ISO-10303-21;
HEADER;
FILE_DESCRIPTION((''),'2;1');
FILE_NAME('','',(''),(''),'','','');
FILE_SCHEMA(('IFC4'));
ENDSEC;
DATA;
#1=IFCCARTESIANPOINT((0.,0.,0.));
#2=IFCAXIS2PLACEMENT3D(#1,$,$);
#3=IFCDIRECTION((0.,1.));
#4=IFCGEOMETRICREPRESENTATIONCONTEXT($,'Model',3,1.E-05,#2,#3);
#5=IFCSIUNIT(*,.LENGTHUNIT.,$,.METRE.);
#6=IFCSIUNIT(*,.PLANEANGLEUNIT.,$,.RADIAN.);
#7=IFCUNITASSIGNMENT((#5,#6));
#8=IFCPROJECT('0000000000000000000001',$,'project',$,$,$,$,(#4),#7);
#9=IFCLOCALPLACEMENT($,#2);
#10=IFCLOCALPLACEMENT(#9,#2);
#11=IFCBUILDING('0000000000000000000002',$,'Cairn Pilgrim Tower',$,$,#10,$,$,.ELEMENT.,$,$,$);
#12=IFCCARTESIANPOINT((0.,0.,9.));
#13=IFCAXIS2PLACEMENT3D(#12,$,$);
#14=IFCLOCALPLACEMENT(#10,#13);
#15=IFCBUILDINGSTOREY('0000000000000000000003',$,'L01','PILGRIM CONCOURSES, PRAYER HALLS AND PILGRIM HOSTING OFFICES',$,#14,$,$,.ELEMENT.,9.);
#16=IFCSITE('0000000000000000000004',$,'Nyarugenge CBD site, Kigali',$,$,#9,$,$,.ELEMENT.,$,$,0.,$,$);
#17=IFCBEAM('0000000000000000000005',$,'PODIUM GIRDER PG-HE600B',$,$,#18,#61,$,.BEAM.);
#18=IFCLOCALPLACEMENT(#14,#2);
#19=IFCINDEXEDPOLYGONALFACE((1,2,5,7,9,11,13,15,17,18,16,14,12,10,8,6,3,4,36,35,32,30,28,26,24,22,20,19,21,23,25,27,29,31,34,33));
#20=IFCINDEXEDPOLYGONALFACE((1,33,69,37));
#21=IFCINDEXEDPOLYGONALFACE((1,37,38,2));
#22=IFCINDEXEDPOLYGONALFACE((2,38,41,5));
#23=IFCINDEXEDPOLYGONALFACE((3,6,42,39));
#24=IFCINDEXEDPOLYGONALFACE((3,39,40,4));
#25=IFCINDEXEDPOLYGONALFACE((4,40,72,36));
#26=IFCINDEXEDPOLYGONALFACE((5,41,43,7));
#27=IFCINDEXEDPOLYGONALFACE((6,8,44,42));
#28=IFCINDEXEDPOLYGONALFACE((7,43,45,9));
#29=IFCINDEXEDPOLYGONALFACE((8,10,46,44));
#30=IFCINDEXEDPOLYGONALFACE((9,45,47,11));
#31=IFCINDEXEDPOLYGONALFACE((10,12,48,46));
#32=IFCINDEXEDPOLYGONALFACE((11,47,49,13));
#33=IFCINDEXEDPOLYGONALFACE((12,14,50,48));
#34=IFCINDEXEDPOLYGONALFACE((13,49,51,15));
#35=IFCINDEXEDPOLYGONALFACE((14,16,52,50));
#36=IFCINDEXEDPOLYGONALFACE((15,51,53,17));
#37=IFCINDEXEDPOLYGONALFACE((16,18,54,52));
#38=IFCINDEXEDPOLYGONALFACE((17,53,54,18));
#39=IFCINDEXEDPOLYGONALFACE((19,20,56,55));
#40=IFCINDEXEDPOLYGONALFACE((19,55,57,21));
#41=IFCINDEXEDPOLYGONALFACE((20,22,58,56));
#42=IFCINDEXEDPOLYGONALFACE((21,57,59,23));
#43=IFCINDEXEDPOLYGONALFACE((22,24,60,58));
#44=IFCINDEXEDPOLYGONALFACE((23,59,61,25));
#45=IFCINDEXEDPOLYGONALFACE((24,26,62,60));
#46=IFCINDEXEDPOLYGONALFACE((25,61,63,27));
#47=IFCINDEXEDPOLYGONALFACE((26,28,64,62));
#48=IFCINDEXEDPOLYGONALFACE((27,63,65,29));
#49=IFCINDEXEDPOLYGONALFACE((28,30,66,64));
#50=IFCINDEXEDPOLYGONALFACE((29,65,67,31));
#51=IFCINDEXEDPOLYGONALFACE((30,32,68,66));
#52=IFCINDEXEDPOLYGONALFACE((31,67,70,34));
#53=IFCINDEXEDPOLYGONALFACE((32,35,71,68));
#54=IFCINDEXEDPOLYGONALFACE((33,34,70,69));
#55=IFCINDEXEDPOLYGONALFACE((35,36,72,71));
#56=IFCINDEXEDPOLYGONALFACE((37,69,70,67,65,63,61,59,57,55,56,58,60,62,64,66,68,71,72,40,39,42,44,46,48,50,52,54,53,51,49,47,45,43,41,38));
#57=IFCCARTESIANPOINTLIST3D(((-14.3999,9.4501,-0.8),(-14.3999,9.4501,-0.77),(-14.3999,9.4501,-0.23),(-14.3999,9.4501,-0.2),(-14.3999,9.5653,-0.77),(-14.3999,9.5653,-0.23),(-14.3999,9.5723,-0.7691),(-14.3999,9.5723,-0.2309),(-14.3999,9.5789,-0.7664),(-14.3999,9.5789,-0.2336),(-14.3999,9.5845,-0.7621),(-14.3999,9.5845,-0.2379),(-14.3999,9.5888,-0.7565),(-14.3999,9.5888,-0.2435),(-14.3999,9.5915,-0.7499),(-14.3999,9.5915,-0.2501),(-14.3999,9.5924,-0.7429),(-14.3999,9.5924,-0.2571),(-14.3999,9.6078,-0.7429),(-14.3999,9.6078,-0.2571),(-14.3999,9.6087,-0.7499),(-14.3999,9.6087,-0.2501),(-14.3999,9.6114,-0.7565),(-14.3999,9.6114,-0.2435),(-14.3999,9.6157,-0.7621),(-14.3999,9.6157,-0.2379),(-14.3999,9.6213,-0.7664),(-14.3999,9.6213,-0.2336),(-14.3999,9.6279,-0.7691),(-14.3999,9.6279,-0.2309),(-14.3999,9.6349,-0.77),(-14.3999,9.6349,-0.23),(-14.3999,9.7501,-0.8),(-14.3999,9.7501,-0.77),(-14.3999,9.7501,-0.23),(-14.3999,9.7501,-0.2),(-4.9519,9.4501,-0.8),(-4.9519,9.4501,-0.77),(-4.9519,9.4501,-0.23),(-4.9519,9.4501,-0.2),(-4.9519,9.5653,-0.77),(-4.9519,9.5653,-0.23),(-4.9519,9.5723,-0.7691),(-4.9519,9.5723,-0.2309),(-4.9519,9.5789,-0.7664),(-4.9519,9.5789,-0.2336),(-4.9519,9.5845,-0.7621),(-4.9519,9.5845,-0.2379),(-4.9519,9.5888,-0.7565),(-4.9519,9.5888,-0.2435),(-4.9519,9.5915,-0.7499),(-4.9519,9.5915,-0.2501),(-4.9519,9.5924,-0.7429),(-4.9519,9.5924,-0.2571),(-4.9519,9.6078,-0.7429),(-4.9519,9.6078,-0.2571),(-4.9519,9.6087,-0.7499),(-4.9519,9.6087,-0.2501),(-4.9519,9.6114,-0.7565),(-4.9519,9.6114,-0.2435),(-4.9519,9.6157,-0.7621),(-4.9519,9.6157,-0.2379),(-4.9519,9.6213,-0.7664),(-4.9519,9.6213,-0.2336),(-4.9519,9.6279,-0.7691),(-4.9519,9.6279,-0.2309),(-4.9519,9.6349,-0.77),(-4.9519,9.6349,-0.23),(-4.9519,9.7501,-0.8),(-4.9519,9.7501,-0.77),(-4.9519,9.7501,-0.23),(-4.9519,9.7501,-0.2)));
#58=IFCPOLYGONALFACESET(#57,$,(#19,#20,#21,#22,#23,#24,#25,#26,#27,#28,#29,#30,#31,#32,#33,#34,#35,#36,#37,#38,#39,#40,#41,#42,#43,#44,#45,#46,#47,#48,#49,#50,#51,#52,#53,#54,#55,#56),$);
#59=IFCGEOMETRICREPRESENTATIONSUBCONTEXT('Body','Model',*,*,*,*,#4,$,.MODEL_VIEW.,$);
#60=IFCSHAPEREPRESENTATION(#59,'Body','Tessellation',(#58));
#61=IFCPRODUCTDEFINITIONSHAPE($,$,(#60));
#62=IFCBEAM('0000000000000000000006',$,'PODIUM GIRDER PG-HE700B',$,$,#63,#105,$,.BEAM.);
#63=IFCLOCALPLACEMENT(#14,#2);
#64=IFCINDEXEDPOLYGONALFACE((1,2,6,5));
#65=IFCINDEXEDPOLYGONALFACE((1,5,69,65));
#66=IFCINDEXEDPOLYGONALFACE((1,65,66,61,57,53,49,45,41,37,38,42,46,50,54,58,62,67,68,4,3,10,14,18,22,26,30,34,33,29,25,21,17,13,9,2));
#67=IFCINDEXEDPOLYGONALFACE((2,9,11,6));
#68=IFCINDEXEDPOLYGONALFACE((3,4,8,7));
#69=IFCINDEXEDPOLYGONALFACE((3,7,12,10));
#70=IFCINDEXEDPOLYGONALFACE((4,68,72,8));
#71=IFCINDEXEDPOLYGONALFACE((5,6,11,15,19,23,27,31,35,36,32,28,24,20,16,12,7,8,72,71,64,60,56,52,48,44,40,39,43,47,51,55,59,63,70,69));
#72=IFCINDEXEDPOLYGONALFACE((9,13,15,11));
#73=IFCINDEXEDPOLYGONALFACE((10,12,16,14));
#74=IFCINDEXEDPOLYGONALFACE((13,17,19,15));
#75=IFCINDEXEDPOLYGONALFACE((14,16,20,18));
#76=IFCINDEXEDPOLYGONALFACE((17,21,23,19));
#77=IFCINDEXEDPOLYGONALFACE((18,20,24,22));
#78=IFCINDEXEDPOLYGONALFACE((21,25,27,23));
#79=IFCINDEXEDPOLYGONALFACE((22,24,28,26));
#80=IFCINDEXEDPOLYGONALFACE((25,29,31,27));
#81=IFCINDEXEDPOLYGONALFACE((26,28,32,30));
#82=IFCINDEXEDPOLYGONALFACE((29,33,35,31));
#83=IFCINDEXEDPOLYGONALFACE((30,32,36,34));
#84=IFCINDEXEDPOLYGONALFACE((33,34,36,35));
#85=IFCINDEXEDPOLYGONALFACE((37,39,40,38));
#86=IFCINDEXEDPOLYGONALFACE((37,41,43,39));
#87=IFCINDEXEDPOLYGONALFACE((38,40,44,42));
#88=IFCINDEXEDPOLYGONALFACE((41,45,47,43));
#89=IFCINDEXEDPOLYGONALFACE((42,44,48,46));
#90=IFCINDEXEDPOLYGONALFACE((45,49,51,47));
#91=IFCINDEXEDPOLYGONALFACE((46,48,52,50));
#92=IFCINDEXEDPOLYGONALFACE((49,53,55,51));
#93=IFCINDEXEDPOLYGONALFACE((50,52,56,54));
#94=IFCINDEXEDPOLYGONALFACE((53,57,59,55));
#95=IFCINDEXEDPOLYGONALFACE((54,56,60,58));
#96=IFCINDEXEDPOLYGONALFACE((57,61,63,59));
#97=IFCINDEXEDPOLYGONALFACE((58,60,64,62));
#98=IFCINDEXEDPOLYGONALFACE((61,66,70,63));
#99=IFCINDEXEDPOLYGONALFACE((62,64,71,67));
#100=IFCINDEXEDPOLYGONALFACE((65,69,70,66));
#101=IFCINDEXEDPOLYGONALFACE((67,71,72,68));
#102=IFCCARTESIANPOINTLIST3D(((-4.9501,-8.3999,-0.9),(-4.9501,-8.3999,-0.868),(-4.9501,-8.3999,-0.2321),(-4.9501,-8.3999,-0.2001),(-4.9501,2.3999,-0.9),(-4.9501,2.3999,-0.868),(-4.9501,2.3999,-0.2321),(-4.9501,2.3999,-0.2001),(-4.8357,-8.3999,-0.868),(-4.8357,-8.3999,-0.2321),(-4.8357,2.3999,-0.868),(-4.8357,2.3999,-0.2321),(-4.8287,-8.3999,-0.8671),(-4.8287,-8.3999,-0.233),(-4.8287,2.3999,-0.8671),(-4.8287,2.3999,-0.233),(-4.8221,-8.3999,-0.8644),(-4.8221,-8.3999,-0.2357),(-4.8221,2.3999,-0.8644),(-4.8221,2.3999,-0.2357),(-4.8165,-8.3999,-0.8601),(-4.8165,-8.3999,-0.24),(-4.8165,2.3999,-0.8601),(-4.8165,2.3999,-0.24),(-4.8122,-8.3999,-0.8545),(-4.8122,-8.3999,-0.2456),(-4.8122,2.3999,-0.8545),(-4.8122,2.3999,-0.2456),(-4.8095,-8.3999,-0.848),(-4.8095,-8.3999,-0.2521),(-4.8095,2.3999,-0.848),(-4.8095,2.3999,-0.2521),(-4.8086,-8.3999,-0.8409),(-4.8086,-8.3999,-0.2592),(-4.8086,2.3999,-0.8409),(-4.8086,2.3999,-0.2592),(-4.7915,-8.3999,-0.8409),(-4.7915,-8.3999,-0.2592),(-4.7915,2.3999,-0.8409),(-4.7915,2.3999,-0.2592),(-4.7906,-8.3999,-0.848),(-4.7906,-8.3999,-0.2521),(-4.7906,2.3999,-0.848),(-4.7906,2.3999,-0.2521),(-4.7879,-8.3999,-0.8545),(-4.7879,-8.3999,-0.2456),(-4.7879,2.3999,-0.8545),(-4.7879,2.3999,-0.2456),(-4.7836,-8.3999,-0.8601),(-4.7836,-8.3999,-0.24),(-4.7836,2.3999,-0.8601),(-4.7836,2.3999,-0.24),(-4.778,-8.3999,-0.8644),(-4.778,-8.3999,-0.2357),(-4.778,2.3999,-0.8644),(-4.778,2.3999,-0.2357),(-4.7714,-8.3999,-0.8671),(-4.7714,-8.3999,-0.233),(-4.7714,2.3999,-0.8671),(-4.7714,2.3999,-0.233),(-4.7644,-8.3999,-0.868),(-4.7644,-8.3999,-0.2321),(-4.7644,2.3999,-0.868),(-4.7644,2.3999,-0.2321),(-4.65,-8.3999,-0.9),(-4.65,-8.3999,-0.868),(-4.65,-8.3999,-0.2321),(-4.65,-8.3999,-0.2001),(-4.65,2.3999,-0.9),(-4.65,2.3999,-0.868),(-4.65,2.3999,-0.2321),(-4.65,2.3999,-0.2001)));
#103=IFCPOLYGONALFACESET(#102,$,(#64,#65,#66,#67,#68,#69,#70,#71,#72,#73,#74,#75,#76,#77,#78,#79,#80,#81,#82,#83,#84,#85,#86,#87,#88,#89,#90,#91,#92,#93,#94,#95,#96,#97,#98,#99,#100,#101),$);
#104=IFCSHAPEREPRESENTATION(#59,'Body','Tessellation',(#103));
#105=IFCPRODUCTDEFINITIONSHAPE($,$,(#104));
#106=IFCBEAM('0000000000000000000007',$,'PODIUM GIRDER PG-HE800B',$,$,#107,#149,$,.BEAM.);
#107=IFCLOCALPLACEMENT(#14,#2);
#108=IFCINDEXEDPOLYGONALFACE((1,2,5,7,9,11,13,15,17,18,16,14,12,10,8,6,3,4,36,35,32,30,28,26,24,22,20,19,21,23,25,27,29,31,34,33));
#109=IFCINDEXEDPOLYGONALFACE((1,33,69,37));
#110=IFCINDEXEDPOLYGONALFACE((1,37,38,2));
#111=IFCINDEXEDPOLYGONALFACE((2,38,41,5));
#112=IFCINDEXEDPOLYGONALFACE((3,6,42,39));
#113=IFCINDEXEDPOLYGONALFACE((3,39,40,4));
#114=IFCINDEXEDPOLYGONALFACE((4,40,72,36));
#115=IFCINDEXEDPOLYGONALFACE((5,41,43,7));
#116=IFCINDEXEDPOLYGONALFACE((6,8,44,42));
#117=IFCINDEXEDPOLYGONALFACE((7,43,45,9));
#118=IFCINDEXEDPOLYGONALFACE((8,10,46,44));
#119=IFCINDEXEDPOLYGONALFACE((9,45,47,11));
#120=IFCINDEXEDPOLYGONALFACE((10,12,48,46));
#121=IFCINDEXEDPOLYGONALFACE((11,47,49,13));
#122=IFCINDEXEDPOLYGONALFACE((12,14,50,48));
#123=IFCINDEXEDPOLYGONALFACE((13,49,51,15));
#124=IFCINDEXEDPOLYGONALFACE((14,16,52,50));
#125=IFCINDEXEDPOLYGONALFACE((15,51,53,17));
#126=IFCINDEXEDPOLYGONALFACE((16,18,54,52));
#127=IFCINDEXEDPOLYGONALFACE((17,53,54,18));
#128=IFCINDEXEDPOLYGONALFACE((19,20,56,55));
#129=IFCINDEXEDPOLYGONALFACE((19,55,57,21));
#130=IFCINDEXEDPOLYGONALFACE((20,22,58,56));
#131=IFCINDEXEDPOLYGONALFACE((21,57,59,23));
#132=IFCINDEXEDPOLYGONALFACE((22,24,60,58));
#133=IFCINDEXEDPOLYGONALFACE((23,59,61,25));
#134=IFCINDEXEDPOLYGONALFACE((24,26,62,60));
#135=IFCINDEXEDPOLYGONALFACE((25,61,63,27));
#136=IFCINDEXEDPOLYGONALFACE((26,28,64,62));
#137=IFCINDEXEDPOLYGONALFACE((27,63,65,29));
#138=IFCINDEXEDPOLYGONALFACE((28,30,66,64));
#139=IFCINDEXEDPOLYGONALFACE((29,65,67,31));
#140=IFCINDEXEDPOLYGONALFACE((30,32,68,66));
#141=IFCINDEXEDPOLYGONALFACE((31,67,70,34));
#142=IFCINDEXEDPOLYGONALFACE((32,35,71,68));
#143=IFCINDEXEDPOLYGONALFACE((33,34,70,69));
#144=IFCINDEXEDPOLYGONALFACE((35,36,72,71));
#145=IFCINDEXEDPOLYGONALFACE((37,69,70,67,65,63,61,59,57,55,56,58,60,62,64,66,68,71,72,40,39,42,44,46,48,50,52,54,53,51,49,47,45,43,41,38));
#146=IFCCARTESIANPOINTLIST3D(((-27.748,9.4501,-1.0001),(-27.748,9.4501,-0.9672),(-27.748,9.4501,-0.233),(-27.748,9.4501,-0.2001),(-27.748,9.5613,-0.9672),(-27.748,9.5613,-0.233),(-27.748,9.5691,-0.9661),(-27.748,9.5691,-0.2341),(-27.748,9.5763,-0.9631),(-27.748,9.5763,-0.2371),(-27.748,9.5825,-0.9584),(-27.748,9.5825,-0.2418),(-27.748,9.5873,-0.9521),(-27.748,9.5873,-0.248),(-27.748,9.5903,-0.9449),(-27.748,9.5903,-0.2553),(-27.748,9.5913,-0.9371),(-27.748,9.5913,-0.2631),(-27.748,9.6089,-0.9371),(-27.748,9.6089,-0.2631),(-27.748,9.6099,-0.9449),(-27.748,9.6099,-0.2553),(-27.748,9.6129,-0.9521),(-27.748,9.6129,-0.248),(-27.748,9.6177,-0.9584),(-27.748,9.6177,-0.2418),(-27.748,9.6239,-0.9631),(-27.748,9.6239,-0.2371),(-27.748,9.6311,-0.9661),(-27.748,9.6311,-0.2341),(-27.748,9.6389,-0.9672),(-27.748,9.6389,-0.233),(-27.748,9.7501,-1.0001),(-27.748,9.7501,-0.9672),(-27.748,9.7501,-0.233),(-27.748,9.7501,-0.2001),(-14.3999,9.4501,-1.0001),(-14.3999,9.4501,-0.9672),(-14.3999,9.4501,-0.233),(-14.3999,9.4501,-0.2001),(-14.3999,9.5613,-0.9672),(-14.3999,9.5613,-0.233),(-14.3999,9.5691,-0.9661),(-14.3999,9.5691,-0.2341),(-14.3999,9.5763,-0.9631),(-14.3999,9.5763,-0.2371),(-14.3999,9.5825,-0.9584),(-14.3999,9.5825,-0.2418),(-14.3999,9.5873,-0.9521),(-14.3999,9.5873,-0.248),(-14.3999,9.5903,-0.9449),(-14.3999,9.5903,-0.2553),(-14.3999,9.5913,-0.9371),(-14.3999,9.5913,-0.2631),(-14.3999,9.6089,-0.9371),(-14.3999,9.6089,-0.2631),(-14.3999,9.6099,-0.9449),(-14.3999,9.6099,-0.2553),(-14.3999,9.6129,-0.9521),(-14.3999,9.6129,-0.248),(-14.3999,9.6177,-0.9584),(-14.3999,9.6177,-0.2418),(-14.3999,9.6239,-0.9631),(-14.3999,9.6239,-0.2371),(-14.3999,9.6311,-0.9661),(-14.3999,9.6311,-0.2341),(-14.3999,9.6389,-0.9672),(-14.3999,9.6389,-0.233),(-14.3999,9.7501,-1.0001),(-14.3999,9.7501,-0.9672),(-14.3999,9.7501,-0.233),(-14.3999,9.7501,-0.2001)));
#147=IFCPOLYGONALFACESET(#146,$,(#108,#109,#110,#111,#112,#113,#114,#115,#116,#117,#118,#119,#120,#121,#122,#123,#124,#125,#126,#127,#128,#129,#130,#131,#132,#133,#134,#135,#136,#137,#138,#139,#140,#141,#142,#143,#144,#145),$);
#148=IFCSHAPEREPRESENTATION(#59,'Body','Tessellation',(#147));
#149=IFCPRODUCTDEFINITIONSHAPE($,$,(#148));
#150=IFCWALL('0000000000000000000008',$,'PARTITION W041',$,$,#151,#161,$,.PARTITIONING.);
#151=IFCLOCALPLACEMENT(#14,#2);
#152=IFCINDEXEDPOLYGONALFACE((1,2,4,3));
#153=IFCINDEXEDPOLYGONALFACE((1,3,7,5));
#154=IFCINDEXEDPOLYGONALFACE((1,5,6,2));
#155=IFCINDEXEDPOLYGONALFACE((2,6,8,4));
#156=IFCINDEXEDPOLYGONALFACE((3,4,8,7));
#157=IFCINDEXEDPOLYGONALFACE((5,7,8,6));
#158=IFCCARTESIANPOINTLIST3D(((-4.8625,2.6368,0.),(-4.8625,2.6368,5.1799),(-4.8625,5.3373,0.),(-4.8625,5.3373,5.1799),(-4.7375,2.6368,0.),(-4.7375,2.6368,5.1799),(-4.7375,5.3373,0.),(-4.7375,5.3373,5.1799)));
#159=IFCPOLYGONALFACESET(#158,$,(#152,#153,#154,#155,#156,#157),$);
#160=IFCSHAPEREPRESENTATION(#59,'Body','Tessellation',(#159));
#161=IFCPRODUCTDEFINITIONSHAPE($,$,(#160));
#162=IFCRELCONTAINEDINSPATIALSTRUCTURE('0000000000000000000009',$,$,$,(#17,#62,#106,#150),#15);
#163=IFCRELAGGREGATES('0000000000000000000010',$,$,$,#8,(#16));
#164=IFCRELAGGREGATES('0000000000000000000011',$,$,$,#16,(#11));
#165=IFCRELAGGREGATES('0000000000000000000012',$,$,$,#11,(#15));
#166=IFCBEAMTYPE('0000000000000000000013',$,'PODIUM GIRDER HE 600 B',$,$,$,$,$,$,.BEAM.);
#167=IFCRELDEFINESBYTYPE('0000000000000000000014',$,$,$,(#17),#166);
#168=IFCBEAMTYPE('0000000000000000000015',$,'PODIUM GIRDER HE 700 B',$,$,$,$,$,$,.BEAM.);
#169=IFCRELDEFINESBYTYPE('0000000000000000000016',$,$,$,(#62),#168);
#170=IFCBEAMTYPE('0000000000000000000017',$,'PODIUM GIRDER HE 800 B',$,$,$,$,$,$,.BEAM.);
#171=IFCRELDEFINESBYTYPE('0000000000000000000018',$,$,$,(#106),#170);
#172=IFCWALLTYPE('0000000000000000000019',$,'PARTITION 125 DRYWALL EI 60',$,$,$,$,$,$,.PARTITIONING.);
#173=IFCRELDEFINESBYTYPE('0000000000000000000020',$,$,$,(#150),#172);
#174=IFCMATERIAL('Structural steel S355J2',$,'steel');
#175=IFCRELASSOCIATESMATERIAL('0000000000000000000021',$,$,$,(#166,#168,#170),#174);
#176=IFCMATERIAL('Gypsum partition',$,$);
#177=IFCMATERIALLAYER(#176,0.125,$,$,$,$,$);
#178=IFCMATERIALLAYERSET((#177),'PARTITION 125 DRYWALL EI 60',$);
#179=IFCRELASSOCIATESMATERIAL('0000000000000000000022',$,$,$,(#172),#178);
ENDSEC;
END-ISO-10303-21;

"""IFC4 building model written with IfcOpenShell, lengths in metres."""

from ifc_helpers import new_model, si_unit, direction, frame, frame_2d, origin, origin_2d, place, context, subcontext, project, spatial, rectangle, i_section, extrude, material, layer, layer_set, material_profile, profile_set, type_object, element, save


model = new_model("IFC4")

# Units and contexts
model_context = context("Model", 3, precision=1e-05, world=origin(), true_north=direction((0.0, 1.0)))
body_context = subcontext(model_context, "Body", "Model", "MODEL_VIEW")
ifc_project = project(units=[si_unit("LENGTHUNIT", "METRE"), si_unit("PLANEANGLEUNIT", "RADIAN")], contexts=[model_context])

# Site, building, storey
site_placement = place(None, origin())
site = spatial("IfcSite", under=ifc_project, at=site_placement, Name="Nyarugenge CBD site, Kigali", CompositionType="ELEMENT", RefElevation=0.0)
building_placement = place(site_placement, origin())
building = spatial("IfcBuilding", under=site, at=building_placement, Name="Cairn Pilgrim Tower", CompositionType="ELEMENT")
storey_placement = place(building_placement, frame((0.0, 0.0, 9.0)))
storey = spatial("IfcBuildingStorey", under=building, at=storey_placement, Name="L01", Description="PILGRIM CONCOURSES, PRAYER HALLS AND PILGRIM HOSTING OFFICES", CompositionType="ELEMENT", Elevation=9.0)

# Beams
ifc_material_1 = material(Name="Structural steel S355J2", Category="steel")
ifc_material_profile_1 = material_profile(ifc_material_1, i_section(OverallWidth=0.3, OverallDepth=0.6001, WebThickness=0.0154, FlangeThickness=0.03, FilletRadius=0.0271, at=origin_2d()), Name="HEB 600")
ifc_profile_set_1 = profile_set([ifc_material_profile_1], Name="Structural steel S355J2")
beam_type_1 = type_object("IfcBeamType", Name="PODIUM GIRDER HE 600 B", PredefinedType="BEAM", material=ifc_profile_set_1)
beam_1_placement = place(storey_placement, frame((-14.3999, 9.6001, -0.5), z_axis=(1.0, 0.0, 0.0), x_axis=(0.0, 1.0, 0.0)))
element("IfcBeam", 1, at=beam_1_placement, inside=storey, type_object=beam_type_1, Name="PODIUM GIRDER PG-HE600B", PredefinedType="BEAM", context=body_context, shape_type="SweptSolid", body=[
    extrude(i_section(OverallWidth=0.3, OverallDepth=0.6001, WebThickness=0.0154, FlangeThickness=0.03, FilletRadius=0.0271, at=origin_2d()), origin(), (0.0, 0.0, 1.0), 9.448),
])
ifc_material_profile_2 = material_profile(ifc_material_1, i_section(OverallWidth=0.3, OverallDepth=0.7, WebThickness=0.0171, FlangeThickness=0.032, FilletRadius=0.0271, at=origin_2d()), Name="HEB 700")
ifc_profile_set_2 = profile_set([ifc_material_profile_2], Name="Structural steel S355J2")
beam_type_2 = type_object("IfcBeamType", Name="PODIUM GIRDER HE 700 B", PredefinedType="BEAM", material=ifc_profile_set_2)
beam_2_placement = place(storey_placement, frame((-4.8, 2.3999, -0.55), z_axis=(0.0, -1.0, 0.0), x_axis=(1.0, 0.0, 0.0)))
element("IfcBeam", 2, at=beam_2_placement, inside=storey, type_object=beam_type_2, Name="PODIUM GIRDER PG-HE700B", PredefinedType="BEAM", context=body_context, shape_type="SweptSolid", body=[
    extrude(i_section(OverallWidth=0.3, OverallDepth=0.7, WebThickness=0.0171, FlangeThickness=0.032, FilletRadius=0.0271, at=origin_2d()), origin(), (0.0, 0.0, 1.0), 10.7998),
])
ifc_material_profile_3 = material_profile(ifc_material_1, i_section(OverallWidth=0.3, OverallDepth=0.8, WebThickness=0.0176, FlangeThickness=0.033, FilletRadius=0.03, at=origin_2d()), Name="HEB 800")
ifc_profile_set_3 = profile_set([ifc_material_profile_3], Name="Structural steel S355J2")
beam_type_3 = type_object("IfcBeamType", Name="PODIUM GIRDER HE 800 B", PredefinedType="BEAM", material=ifc_profile_set_3)
beam_3_placement = place(storey_placement, frame((-27.748, 9.6001, -0.6001), z_axis=(1.0, 0.0, 0.0), x_axis=(0.0, 1.0, 0.0)))
element("IfcBeam", 3, at=beam_3_placement, inside=storey, type_object=beam_type_3, Name="PODIUM GIRDER PG-HE800B", PredefinedType="BEAM", context=body_context, shape_type="SweptSolid", body=[
    extrude(i_section(OverallWidth=0.3, OverallDepth=0.8, WebThickness=0.0176, FlangeThickness=0.033, FilletRadius=0.03, at=origin_2d()), origin(), (0.0, 0.0, 1.0), 13.3481),
])

# Wall
ifc_material_2 = material(Name="Gypsum partition")
ifc_layer_1 = layer(ifc_material_2, 0.125)
ifc_layer_set_1 = layer_set([ifc_layer_1], Name="PARTITION 125 DRYWALL EI 60")
wall_type_1 = type_object("IfcWallType", Name="PARTITION 125 DRYWALL EI 60", PredefinedType="PARTITIONING", material=ifc_layer_set_1)
wall_1_placement = place(storey_placement, frame((-4.8, 2.637, 0.0), z_axis=(0.0, 0.0, 1.0), x_axis=(0.0, 1.0, 0.0)))
element("IfcWall", 4, at=wall_1_placement, inside=storey, type_object=wall_type_1, Name="PARTITION W041", PredefinedType="PARTITIONING", context=body_context, shape_type="SweptSolid", body=[
    extrude(rectangle(XDim=2.7004, YDim=0.125, at=frame_2d((1.3501, 0.0))), origin(), (0.0, 0.0, 1.0), 5.1799),
])

save(model, "model.ifc")
